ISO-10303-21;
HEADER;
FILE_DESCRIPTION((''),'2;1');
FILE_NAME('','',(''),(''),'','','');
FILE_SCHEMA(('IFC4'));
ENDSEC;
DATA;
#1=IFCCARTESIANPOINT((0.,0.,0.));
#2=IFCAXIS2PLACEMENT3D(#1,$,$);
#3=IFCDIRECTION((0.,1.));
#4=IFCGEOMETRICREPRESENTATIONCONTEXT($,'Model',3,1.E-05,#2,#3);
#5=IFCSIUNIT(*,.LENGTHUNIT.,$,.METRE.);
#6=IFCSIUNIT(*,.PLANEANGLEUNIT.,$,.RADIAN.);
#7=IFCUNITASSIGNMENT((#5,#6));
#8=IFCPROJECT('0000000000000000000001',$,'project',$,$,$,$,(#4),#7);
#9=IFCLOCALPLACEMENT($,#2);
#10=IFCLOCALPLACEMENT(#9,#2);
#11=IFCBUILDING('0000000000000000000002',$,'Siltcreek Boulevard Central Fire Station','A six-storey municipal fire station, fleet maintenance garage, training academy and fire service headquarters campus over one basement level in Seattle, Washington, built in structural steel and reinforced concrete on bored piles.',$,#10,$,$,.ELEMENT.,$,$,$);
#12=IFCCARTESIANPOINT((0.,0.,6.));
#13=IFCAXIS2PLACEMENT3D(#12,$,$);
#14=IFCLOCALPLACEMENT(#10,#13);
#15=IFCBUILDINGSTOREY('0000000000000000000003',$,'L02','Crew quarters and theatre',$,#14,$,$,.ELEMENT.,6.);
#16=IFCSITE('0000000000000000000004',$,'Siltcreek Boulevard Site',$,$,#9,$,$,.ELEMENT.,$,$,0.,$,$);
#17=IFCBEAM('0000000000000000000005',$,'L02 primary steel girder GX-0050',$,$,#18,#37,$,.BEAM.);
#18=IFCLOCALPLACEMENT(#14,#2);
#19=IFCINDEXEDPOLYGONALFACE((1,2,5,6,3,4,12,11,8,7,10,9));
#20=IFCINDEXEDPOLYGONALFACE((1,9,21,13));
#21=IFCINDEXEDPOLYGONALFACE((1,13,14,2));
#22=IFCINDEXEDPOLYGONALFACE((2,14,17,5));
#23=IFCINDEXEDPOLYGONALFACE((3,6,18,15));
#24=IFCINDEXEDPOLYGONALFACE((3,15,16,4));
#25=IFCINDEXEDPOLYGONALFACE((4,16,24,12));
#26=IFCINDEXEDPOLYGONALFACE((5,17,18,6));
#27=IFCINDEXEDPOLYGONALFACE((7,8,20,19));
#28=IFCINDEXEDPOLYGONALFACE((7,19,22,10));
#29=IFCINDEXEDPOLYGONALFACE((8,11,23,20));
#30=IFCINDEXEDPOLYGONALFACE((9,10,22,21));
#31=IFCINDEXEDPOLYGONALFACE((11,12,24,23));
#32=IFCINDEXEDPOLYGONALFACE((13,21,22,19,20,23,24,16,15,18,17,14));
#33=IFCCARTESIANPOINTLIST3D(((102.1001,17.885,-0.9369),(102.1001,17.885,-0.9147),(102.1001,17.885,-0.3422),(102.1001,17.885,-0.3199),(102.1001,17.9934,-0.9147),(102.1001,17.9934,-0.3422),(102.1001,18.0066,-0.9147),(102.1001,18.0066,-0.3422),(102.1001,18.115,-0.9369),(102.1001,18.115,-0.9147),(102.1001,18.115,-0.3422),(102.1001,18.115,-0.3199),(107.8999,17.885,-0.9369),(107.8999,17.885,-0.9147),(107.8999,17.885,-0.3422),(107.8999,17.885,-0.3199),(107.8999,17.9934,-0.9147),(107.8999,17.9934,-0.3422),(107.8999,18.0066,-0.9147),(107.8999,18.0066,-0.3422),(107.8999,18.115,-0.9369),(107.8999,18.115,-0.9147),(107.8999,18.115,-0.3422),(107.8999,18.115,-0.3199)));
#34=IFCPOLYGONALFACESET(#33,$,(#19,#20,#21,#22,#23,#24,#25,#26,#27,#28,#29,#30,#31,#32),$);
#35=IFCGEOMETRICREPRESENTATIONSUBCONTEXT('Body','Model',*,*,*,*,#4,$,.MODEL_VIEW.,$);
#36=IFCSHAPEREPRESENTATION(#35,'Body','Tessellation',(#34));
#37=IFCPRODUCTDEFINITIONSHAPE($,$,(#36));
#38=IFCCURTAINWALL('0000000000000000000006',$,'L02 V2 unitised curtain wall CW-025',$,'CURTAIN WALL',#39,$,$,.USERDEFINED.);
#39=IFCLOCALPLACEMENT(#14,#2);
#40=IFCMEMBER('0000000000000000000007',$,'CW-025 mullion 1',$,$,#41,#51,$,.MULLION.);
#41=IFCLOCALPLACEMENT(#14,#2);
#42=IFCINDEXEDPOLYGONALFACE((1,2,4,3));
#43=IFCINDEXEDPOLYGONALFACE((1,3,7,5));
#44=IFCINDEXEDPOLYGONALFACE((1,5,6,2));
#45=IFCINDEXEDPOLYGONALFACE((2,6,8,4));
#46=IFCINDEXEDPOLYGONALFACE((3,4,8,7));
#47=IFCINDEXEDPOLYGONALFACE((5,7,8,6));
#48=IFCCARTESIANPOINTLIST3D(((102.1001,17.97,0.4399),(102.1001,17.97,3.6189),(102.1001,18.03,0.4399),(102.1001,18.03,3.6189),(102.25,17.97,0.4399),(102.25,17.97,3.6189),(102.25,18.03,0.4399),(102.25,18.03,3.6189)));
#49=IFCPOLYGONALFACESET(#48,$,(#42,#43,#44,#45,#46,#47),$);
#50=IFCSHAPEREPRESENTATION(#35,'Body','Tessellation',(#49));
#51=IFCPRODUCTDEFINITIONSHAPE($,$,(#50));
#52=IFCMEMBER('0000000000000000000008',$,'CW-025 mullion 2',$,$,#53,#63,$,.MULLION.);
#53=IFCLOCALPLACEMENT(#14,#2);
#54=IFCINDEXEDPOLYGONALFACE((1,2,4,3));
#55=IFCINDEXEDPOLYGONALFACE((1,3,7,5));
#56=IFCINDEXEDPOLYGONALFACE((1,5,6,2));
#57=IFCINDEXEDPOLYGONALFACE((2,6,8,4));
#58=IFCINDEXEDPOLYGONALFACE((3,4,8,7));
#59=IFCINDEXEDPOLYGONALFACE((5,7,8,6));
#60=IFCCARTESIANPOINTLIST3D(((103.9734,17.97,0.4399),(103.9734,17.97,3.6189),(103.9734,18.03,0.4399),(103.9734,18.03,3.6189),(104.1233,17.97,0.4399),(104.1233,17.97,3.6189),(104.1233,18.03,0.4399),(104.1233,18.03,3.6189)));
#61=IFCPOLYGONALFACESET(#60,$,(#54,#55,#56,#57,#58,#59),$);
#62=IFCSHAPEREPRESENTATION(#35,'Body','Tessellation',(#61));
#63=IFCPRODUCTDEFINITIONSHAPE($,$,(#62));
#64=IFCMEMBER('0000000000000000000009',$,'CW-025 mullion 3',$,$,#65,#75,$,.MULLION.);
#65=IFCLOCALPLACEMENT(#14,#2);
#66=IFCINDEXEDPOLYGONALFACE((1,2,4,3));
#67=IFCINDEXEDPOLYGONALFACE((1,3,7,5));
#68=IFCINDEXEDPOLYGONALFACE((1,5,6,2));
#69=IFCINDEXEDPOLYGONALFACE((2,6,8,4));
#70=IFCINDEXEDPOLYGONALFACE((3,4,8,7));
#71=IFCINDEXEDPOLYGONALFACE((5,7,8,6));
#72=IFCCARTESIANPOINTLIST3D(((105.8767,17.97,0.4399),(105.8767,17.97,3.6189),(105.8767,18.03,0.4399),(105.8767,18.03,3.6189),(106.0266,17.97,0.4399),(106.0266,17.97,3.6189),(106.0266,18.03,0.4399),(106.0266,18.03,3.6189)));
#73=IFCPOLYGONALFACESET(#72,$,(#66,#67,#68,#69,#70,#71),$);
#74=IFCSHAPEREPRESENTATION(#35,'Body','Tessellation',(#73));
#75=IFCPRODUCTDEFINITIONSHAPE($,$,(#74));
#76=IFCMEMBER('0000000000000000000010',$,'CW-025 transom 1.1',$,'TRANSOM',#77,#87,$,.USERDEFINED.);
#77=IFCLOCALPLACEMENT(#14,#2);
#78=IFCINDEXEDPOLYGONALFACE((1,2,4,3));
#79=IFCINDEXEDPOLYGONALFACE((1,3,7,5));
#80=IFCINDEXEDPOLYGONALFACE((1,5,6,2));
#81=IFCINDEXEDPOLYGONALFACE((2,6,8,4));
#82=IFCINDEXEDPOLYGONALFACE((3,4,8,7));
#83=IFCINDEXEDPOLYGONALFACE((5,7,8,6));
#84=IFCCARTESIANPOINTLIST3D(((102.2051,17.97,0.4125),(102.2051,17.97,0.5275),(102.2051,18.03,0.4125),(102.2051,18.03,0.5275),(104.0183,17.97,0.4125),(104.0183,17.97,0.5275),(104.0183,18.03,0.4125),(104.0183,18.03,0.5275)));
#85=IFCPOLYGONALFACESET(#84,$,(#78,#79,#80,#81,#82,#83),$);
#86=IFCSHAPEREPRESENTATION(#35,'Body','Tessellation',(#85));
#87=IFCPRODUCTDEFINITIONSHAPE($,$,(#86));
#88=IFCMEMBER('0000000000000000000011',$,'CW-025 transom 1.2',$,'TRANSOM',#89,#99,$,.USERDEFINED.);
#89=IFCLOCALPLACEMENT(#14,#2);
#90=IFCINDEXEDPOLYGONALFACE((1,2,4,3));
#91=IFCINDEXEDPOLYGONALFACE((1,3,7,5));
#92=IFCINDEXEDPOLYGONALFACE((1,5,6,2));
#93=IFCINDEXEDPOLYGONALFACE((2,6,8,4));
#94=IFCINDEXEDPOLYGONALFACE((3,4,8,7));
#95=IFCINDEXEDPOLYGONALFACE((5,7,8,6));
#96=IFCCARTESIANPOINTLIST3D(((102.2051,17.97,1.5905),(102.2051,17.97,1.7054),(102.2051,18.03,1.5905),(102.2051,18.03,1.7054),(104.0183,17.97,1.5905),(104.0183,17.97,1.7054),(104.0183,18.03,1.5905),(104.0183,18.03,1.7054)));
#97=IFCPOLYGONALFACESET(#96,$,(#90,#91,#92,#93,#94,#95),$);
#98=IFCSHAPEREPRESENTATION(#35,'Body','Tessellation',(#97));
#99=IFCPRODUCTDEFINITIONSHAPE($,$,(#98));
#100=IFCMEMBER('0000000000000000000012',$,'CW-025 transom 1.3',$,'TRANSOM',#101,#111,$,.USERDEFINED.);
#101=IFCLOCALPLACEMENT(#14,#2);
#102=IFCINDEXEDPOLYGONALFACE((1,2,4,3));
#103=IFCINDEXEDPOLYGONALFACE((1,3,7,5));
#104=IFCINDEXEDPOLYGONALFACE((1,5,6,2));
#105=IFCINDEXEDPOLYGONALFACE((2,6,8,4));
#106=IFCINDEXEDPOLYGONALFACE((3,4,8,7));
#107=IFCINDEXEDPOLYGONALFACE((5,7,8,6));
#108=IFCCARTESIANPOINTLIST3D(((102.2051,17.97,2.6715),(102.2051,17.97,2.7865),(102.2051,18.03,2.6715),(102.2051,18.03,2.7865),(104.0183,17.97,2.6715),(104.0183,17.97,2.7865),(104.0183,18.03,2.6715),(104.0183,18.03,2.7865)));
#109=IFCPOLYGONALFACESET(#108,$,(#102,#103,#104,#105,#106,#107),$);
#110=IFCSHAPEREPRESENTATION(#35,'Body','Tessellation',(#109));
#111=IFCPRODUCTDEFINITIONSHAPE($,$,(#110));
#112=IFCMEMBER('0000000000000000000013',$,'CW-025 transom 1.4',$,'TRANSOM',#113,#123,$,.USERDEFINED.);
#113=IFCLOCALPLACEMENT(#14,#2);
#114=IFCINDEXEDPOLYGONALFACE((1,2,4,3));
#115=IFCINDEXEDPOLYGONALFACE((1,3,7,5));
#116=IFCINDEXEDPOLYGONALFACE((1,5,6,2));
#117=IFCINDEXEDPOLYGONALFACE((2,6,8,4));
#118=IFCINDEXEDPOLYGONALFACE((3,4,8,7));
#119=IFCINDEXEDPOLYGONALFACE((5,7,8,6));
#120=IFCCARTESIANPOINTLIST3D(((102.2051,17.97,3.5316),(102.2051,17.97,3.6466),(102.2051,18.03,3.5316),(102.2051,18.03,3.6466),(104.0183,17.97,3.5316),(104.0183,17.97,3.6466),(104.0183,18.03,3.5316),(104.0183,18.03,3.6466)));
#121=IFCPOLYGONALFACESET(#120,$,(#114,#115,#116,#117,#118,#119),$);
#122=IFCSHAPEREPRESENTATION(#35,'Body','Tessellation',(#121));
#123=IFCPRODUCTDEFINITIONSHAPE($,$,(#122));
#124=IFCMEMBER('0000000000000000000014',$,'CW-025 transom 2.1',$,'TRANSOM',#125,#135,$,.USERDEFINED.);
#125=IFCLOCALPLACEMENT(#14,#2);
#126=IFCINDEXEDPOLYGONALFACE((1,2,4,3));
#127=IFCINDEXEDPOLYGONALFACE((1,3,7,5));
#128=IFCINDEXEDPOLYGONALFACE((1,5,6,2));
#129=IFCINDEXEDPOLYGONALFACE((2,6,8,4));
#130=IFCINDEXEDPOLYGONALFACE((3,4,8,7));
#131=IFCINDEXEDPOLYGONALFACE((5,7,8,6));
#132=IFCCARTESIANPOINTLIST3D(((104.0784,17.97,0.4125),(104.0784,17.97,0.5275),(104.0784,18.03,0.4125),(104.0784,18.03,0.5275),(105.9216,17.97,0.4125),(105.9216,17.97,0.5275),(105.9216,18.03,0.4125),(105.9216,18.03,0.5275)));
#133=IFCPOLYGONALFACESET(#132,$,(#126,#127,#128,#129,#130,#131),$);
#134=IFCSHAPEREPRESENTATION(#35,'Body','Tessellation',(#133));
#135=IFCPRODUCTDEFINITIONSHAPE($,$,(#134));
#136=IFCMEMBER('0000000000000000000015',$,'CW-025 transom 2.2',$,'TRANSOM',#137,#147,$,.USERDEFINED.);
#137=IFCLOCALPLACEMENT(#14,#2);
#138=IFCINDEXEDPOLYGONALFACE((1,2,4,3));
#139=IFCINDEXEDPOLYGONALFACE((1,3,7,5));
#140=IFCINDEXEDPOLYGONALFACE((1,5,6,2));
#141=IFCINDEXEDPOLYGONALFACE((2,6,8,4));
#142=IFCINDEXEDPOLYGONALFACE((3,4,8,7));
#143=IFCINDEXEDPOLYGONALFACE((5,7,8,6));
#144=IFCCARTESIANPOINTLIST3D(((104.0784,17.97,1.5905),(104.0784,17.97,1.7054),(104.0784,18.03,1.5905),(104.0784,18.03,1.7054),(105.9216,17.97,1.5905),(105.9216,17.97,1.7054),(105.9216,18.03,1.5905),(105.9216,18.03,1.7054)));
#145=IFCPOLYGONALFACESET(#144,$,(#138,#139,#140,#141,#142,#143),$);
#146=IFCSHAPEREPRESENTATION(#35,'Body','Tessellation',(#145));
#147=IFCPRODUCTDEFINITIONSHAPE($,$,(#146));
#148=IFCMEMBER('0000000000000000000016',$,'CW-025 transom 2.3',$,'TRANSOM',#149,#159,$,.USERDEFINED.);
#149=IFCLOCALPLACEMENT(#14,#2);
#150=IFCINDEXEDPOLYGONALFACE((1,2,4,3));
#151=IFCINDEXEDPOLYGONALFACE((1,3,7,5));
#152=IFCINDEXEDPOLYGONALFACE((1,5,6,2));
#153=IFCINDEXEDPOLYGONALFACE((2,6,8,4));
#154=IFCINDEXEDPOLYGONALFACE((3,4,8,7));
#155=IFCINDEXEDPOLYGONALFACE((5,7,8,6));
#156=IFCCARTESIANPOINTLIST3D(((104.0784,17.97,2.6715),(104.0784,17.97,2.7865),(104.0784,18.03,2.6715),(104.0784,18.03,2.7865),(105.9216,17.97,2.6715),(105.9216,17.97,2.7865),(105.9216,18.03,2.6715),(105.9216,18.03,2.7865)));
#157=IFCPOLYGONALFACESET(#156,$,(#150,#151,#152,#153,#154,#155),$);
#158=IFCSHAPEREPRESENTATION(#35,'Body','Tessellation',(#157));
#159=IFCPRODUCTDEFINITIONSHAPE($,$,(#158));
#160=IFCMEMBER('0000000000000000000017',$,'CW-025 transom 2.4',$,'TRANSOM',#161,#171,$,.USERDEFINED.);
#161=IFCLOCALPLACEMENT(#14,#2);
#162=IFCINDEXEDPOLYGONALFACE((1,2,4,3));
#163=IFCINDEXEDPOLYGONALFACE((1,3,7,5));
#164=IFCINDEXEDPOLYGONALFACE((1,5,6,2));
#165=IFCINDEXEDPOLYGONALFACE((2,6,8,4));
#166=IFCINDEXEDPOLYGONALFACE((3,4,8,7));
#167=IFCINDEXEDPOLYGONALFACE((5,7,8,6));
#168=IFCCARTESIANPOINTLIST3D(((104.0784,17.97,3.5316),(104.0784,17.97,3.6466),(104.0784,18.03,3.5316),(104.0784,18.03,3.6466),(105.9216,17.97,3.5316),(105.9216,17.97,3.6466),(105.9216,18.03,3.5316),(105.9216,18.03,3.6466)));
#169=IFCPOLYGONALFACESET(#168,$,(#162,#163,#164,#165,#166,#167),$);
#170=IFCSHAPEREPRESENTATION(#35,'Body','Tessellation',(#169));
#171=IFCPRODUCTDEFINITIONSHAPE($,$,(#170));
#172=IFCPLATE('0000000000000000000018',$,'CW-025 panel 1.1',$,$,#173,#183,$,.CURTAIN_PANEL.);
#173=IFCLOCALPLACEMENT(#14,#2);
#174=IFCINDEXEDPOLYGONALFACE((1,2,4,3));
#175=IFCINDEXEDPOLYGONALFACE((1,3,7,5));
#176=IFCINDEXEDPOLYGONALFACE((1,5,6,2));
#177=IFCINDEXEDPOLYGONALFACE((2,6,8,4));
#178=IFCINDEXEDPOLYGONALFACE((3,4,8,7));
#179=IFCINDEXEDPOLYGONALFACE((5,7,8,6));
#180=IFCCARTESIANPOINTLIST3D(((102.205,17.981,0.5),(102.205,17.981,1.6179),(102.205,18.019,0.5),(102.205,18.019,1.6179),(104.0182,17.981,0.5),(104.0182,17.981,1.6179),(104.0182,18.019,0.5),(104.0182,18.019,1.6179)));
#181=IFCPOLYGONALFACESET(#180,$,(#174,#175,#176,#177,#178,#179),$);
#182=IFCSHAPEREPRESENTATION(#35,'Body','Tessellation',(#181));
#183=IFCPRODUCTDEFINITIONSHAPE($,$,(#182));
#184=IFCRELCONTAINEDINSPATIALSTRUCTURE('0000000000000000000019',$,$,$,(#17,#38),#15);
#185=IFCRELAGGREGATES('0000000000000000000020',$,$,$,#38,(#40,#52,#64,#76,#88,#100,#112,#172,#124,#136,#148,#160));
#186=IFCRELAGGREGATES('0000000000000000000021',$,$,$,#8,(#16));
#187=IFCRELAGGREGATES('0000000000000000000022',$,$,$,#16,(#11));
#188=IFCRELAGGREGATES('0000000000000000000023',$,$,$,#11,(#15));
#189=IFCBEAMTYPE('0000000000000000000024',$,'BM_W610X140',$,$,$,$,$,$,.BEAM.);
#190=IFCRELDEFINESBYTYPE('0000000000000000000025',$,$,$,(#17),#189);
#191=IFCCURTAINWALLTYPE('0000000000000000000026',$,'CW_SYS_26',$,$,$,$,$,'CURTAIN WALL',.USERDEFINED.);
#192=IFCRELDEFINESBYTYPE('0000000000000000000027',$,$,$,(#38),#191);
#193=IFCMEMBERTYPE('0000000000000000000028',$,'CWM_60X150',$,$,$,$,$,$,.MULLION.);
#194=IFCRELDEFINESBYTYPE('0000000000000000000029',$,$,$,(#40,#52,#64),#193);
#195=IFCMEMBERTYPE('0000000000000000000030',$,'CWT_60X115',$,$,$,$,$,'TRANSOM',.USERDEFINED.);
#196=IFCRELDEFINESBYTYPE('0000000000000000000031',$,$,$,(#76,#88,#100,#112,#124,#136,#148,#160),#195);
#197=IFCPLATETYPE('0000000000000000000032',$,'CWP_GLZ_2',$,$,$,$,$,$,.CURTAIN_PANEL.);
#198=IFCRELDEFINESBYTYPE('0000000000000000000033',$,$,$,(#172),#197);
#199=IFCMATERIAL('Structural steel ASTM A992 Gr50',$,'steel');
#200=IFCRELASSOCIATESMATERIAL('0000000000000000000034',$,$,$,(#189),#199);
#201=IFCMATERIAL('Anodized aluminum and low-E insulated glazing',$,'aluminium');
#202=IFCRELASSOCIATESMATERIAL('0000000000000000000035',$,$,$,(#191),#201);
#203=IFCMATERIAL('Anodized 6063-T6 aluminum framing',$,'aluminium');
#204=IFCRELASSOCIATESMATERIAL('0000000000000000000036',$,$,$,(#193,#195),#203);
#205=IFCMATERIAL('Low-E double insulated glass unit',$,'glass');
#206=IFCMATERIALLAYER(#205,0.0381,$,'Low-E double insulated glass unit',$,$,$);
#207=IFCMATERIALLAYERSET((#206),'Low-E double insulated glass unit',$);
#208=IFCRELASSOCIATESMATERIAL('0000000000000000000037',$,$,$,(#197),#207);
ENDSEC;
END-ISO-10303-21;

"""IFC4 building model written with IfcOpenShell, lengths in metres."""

from ifc_helpers import new_model, si_unit, direction, frame, origin, origin_2d, place, context, subcontext, project, spatial, rectangle, i_section, extrude, material, layer, layer_set, material_profile, profile_set, type_object, element, aggregate, save


model = new_model("IFC4")

# Units and contexts
model_context = context("Model", 3, precision=1e-05, world=origin(), true_north=direction((0.0, 1.0)))
body_context = subcontext(model_context, "Body", "Model", "MODEL_VIEW")
ifc_project = project(units=[si_unit("LENGTHUNIT", "METRE"), si_unit("PLANEANGLEUNIT", "RADIAN")], contexts=[model_context])

# Site, building, storey
site_placement = place(None, origin())
site = spatial("IfcSite", under=ifc_project, at=site_placement, Name="Siltcreek Boulevard Site", CompositionType="ELEMENT", RefElevation=0.0)
building_placement = place(site_placement, origin())
building = spatial("IfcBuilding", under=site, at=building_placement, Name="Siltcreek Boulevard Central Fire Station", Description="A six-storey municipal fire station, fleet maintenance garage, training academy and fire service headquarters campus over one basement level in Seattle, Washington, built in structural steel and reinforced concrete on bored piles.", CompositionType="ELEMENT")
storey_placement = place(building_placement, frame((0.0, 0.0, 6.0)))
storey = spatial("IfcBuildingStorey", under=building, at=storey_placement, Name="L02", Description="Crew quarters and theatre", CompositionType="ELEMENT", Elevation=6.0)

# Beam
ifc_material_1 = material(Name="Structural steel ASTM A992 Gr50", Category="steel")
ifc_material_profile_1 = material_profile(ifc_material_1, i_section(OverallWidth=0.23, OverallDepth=0.6169, WebThickness=0.0132, FlangeThickness=0.0222, at=origin_2d()), Name="W610X140")
ifc_profile_set_1 = profile_set([ifc_material_profile_1], Name="Structural steel ASTM A992 Gr50")
beam_type = type_object("IfcBeamType", Name="BM_W610X140", PredefinedType="BEAM", material=ifc_profile_set_1)
beam_placement = place(storey_placement, frame((102.1001, 18.0, -0.6284), z_axis=(1.0, 0.0, 0.0), x_axis=(0.0, 1.0, 0.0)))
element("IfcBeam", 1, at=beam_placement, inside=storey, type_object=beam_type, Name="L02 primary steel girder GX-0050", PredefinedType="BEAM", context=body_context, shape_type="SweptSolid", body=[
    extrude(i_section(OverallWidth=0.23, OverallDepth=0.6169, WebThickness=0.0132, FlangeThickness=0.0222, at=origin_2d()), origin(), (0.0, 0.0, 1.0), 5.7998),
])

# Curtain wall, members, plate
ifc_material_2 = material(Name="Anodized aluminum and low-E insulated glazing", Category="aluminium")
curtain_wall_type = type_object("IfcCurtainWallType", Name="CW_SYS_26", ElementType="CURTAIN WALL", PredefinedType="USERDEFINED", material=ifc_material_2)
curtain_wall_placement = place(storey_placement, origin())
curtain_wall = element("IfcCurtainWall", 2, at=curtain_wall_placement, inside=storey, type_object=curtain_wall_type, Name="L02 V2 unitised curtain wall CW-025", ObjectType="CURTAIN WALL", PredefinedType="USERDEFINED")
ifc_material_3 = material(Name="Anodized 6063-T6 aluminum framing", Category="aluminium")
ifc_material_profile_2 = material_profile(ifc_material_3, rectangle(XDim=0.0601, YDim=0.1499, at=origin_2d()), Name="MULL60X150")
ifc_profile_set_2 = profile_set([ifc_material_profile_2], Name="Anodized 6063-T6 aluminum framing")
member_type_1 = type_object("IfcMemberType", Name="CWM_60X150", PredefinedType="MULLION", material=ifc_profile_set_2)
member_1_placement = place(storey_placement, frame((102.175, 18.0, 0.4399), z_axis=(0.0, 0.0, 1.0), x_axis=(0.0, 1.0, 0.0)))
member_1 = element("IfcMember", 3, at=member_1_placement, type_object=member_type_1, Name="CW-025 mullion 1", PredefinedType="MULLION", context=body_context, shape_type="SweptSolid", body=[
    extrude(rectangle(XDim=0.0601, YDim=0.1499, at=origin_2d()), origin(), (0.0, 0.0, 1.0), 3.179),
])
member_2_placement = place(storey_placement, frame((104.0483, 18.0, 0.4399), z_axis=(0.0, 0.0, 1.0), x_axis=(0.0, 1.0, 0.0)))
member_2 = element("IfcMember", 4, at=member_2_placement, type_object=member_type_1, Name="CW-025 mullion 2", PredefinedType="MULLION", context=body_context, shape_type="SweptSolid", body=[
    extrude(rectangle(XDim=0.0601, YDim=0.1499, at=origin_2d()), origin(), (0.0, 0.0, 1.0), 3.179),
])
member_3_placement = place(storey_placement, frame((105.9517, 18.0, 0.4399), z_axis=(0.0, 0.0, 1.0), x_axis=(0.0, 1.0, 0.0)))
member_3 = element("IfcMember", 5, at=member_3_placement, type_object=member_type_1, Name="CW-025 mullion 3", PredefinedType="MULLION", context=body_context, shape_type="SweptSolid", body=[
    extrude(rectangle(XDim=0.0601, YDim=0.1499, at=origin_2d()), origin(), (0.0, 0.0, 1.0), 3.179),
])
ifc_material_profile_3 = material_profile(ifc_material_3, rectangle(XDim=0.0601, YDim=0.115, at=origin_2d()), Name="TRAN60X115")
ifc_profile_set_3 = profile_set([ifc_material_profile_3], Name="Anodized 6063-T6 aluminum framing")
member_type_2 = type_object("IfcMemberType", Name="CWT_60X115", ElementType="TRANSOM", PredefinedType="USERDEFINED", material=ifc_profile_set_3)
member_4_placement = place(storey_placement, frame((102.2051, 18.0, 0.47), z_axis=(1.0, 0.0, 0.0), x_axis=(0.0, 1.0, 0.0)))
member_4 = element("IfcMember", 6, at=member_4_placement, type_object=member_type_2, Name="CW-025 transom 1.1", ObjectType="TRANSOM", PredefinedType="USERDEFINED", context=body_context, shape_type="SweptSolid", body=[
    extrude(rectangle(XDim=0.0601, YDim=0.115, at=origin_2d()), origin(), (0.0, 0.0, 1.0), 1.8132),
])
member_5_placement = place(storey_placement, frame((102.2051, 18.0, 1.6479), z_axis=(1.0, 0.0, 0.0), x_axis=(0.0, 1.0, 0.0)))
member_5 = element("IfcMember", 7, at=member_5_placement, type_object=member_type_2, Name="CW-025 transom 1.2", ObjectType="TRANSOM", PredefinedType="USERDEFINED", context=body_context, shape_type="SweptSolid", body=[
    extrude(rectangle(XDim=0.0601, YDim=0.115, at=origin_2d()), origin(), (0.0, 0.0, 1.0), 1.8132),
])
member_6_placement = place(storey_placement, frame((102.2051, 18.0, 2.729), z_axis=(1.0, 0.0, 0.0), x_axis=(0.0, 1.0, 0.0)))
member_6 = element("IfcMember", 8, at=member_6_placement, type_object=member_type_2, Name="CW-025 transom 1.3", ObjectType="TRANSOM", PredefinedType="USERDEFINED", context=body_context, shape_type="SweptSolid", body=[
    extrude(rectangle(XDim=0.0601, YDim=0.115, at=origin_2d()), origin(), (0.0, 0.0, 1.0), 1.8132),
])
member_7_placement = place(storey_placement, frame((102.2051, 18.0, 3.5891), z_axis=(1.0, 0.0, 0.0), x_axis=(0.0, 1.0, 0.0)))
member_7 = element("IfcMember", 9, at=member_7_placement, type_object=member_type_2, Name="CW-025 transom 1.4", ObjectType="TRANSOM", PredefinedType="USERDEFINED", context=body_context, shape_type="SweptSolid", body=[
    extrude(rectangle(XDim=0.0601, YDim=0.115, at=origin_2d()), origin(), (0.0, 0.0, 1.0), 1.8132),
])
member_8_placement = place(storey_placement, frame((104.0784, 18.0, 0.47), z_axis=(1.0, 0.0, 0.0), x_axis=(0.0, 1.0, 0.0)))
member_8 = element("IfcMember", 10, at=member_8_placement, type_object=member_type_2, Name="CW-025 transom 2.1", ObjectType="TRANSOM", PredefinedType="USERDEFINED", context=body_context, shape_type="SweptSolid", body=[
    extrude(rectangle(XDim=0.0601, YDim=0.115, at=origin_2d()), origin(), (0.0, 0.0, 1.0), 1.8433),
])
member_9_placement = place(storey_placement, frame((104.0784, 18.0, 1.6479), z_axis=(1.0, 0.0, 0.0), x_axis=(0.0, 1.0, 0.0)))
member_9 = element("IfcMember", 11, at=member_9_placement, type_object=member_type_2, Name="CW-025 transom 2.2", ObjectType="TRANSOM", PredefinedType="USERDEFINED", context=body_context, shape_type="SweptSolid", body=[
    extrude(rectangle(XDim=0.0601, YDim=0.115, at=origin_2d()), origin(), (0.0, 0.0, 1.0), 1.8433),
])
member_10_placement = place(storey_placement, frame((104.0784, 18.0, 2.729), z_axis=(1.0, 0.0, 0.0), x_axis=(0.0, 1.0, 0.0)))
member_10 = element("IfcMember", 12, at=member_10_placement, type_object=member_type_2, Name="CW-025 transom 2.3", ObjectType="TRANSOM", PredefinedType="USERDEFINED", context=body_context, shape_type="SweptSolid", body=[
    extrude(rectangle(XDim=0.0601, YDim=0.115, at=origin_2d()), origin(), (0.0, 0.0, 1.0), 1.8433),
])
member_11_placement = place(storey_placement, frame((104.0784, 18.0, 3.5891), z_axis=(1.0, 0.0, 0.0), x_axis=(0.0, 1.0, 0.0)))
member_11 = element("IfcMember", 13, at=member_11_placement, type_object=member_type_2, Name="CW-025 transom 2.4", ObjectType="TRANSOM", PredefinedType="USERDEFINED", context=body_context, shape_type="SweptSolid", body=[
    extrude(rectangle(XDim=0.0601, YDim=0.115, at=origin_2d()), origin(), (0.0, 0.0, 1.0), 1.8433),
])
ifc_material_4 = material(Name="Low-E double insulated glass unit", Category="glass")
ifc_layer_1 = layer(ifc_material_4, 0.0381, Name="Low-E double insulated glass unit")
ifc_layer_set_1 = layer_set([ifc_layer_1], Name="Low-E double insulated glass unit")
plate_type = type_object("IfcPlateType", Name="CWP_GLZ_2", PredefinedType="CURTAIN_PANEL", material=ifc_layer_set_1)
plate_1_placement = place(storey_placement, frame((103.1116, 18.0, 0.5), z_axis=(0.0, 0.0, 1.0), x_axis=(1.0, 0.0, 0.0)))
plate_1 = element("IfcPlate", 14, at=plate_1_placement, type_object=plate_type, Name="CW-025 panel 1.1", PredefinedType="CURTAIN_PANEL", context=body_context, shape_type="SweptSolid", body=[
    extrude(rectangle(XDim=1.8132, YDim=0.0381, at=origin_2d()), origin(), (0.0, 0.0, 1.0), 1.1179),
])
aggregate(curtain_wall, [member_1, member_2, member_3, member_4, member_5, member_6, member_7, plate_1, member_8, member_9, member_10, member_11])

save(model, "model.ifc")
